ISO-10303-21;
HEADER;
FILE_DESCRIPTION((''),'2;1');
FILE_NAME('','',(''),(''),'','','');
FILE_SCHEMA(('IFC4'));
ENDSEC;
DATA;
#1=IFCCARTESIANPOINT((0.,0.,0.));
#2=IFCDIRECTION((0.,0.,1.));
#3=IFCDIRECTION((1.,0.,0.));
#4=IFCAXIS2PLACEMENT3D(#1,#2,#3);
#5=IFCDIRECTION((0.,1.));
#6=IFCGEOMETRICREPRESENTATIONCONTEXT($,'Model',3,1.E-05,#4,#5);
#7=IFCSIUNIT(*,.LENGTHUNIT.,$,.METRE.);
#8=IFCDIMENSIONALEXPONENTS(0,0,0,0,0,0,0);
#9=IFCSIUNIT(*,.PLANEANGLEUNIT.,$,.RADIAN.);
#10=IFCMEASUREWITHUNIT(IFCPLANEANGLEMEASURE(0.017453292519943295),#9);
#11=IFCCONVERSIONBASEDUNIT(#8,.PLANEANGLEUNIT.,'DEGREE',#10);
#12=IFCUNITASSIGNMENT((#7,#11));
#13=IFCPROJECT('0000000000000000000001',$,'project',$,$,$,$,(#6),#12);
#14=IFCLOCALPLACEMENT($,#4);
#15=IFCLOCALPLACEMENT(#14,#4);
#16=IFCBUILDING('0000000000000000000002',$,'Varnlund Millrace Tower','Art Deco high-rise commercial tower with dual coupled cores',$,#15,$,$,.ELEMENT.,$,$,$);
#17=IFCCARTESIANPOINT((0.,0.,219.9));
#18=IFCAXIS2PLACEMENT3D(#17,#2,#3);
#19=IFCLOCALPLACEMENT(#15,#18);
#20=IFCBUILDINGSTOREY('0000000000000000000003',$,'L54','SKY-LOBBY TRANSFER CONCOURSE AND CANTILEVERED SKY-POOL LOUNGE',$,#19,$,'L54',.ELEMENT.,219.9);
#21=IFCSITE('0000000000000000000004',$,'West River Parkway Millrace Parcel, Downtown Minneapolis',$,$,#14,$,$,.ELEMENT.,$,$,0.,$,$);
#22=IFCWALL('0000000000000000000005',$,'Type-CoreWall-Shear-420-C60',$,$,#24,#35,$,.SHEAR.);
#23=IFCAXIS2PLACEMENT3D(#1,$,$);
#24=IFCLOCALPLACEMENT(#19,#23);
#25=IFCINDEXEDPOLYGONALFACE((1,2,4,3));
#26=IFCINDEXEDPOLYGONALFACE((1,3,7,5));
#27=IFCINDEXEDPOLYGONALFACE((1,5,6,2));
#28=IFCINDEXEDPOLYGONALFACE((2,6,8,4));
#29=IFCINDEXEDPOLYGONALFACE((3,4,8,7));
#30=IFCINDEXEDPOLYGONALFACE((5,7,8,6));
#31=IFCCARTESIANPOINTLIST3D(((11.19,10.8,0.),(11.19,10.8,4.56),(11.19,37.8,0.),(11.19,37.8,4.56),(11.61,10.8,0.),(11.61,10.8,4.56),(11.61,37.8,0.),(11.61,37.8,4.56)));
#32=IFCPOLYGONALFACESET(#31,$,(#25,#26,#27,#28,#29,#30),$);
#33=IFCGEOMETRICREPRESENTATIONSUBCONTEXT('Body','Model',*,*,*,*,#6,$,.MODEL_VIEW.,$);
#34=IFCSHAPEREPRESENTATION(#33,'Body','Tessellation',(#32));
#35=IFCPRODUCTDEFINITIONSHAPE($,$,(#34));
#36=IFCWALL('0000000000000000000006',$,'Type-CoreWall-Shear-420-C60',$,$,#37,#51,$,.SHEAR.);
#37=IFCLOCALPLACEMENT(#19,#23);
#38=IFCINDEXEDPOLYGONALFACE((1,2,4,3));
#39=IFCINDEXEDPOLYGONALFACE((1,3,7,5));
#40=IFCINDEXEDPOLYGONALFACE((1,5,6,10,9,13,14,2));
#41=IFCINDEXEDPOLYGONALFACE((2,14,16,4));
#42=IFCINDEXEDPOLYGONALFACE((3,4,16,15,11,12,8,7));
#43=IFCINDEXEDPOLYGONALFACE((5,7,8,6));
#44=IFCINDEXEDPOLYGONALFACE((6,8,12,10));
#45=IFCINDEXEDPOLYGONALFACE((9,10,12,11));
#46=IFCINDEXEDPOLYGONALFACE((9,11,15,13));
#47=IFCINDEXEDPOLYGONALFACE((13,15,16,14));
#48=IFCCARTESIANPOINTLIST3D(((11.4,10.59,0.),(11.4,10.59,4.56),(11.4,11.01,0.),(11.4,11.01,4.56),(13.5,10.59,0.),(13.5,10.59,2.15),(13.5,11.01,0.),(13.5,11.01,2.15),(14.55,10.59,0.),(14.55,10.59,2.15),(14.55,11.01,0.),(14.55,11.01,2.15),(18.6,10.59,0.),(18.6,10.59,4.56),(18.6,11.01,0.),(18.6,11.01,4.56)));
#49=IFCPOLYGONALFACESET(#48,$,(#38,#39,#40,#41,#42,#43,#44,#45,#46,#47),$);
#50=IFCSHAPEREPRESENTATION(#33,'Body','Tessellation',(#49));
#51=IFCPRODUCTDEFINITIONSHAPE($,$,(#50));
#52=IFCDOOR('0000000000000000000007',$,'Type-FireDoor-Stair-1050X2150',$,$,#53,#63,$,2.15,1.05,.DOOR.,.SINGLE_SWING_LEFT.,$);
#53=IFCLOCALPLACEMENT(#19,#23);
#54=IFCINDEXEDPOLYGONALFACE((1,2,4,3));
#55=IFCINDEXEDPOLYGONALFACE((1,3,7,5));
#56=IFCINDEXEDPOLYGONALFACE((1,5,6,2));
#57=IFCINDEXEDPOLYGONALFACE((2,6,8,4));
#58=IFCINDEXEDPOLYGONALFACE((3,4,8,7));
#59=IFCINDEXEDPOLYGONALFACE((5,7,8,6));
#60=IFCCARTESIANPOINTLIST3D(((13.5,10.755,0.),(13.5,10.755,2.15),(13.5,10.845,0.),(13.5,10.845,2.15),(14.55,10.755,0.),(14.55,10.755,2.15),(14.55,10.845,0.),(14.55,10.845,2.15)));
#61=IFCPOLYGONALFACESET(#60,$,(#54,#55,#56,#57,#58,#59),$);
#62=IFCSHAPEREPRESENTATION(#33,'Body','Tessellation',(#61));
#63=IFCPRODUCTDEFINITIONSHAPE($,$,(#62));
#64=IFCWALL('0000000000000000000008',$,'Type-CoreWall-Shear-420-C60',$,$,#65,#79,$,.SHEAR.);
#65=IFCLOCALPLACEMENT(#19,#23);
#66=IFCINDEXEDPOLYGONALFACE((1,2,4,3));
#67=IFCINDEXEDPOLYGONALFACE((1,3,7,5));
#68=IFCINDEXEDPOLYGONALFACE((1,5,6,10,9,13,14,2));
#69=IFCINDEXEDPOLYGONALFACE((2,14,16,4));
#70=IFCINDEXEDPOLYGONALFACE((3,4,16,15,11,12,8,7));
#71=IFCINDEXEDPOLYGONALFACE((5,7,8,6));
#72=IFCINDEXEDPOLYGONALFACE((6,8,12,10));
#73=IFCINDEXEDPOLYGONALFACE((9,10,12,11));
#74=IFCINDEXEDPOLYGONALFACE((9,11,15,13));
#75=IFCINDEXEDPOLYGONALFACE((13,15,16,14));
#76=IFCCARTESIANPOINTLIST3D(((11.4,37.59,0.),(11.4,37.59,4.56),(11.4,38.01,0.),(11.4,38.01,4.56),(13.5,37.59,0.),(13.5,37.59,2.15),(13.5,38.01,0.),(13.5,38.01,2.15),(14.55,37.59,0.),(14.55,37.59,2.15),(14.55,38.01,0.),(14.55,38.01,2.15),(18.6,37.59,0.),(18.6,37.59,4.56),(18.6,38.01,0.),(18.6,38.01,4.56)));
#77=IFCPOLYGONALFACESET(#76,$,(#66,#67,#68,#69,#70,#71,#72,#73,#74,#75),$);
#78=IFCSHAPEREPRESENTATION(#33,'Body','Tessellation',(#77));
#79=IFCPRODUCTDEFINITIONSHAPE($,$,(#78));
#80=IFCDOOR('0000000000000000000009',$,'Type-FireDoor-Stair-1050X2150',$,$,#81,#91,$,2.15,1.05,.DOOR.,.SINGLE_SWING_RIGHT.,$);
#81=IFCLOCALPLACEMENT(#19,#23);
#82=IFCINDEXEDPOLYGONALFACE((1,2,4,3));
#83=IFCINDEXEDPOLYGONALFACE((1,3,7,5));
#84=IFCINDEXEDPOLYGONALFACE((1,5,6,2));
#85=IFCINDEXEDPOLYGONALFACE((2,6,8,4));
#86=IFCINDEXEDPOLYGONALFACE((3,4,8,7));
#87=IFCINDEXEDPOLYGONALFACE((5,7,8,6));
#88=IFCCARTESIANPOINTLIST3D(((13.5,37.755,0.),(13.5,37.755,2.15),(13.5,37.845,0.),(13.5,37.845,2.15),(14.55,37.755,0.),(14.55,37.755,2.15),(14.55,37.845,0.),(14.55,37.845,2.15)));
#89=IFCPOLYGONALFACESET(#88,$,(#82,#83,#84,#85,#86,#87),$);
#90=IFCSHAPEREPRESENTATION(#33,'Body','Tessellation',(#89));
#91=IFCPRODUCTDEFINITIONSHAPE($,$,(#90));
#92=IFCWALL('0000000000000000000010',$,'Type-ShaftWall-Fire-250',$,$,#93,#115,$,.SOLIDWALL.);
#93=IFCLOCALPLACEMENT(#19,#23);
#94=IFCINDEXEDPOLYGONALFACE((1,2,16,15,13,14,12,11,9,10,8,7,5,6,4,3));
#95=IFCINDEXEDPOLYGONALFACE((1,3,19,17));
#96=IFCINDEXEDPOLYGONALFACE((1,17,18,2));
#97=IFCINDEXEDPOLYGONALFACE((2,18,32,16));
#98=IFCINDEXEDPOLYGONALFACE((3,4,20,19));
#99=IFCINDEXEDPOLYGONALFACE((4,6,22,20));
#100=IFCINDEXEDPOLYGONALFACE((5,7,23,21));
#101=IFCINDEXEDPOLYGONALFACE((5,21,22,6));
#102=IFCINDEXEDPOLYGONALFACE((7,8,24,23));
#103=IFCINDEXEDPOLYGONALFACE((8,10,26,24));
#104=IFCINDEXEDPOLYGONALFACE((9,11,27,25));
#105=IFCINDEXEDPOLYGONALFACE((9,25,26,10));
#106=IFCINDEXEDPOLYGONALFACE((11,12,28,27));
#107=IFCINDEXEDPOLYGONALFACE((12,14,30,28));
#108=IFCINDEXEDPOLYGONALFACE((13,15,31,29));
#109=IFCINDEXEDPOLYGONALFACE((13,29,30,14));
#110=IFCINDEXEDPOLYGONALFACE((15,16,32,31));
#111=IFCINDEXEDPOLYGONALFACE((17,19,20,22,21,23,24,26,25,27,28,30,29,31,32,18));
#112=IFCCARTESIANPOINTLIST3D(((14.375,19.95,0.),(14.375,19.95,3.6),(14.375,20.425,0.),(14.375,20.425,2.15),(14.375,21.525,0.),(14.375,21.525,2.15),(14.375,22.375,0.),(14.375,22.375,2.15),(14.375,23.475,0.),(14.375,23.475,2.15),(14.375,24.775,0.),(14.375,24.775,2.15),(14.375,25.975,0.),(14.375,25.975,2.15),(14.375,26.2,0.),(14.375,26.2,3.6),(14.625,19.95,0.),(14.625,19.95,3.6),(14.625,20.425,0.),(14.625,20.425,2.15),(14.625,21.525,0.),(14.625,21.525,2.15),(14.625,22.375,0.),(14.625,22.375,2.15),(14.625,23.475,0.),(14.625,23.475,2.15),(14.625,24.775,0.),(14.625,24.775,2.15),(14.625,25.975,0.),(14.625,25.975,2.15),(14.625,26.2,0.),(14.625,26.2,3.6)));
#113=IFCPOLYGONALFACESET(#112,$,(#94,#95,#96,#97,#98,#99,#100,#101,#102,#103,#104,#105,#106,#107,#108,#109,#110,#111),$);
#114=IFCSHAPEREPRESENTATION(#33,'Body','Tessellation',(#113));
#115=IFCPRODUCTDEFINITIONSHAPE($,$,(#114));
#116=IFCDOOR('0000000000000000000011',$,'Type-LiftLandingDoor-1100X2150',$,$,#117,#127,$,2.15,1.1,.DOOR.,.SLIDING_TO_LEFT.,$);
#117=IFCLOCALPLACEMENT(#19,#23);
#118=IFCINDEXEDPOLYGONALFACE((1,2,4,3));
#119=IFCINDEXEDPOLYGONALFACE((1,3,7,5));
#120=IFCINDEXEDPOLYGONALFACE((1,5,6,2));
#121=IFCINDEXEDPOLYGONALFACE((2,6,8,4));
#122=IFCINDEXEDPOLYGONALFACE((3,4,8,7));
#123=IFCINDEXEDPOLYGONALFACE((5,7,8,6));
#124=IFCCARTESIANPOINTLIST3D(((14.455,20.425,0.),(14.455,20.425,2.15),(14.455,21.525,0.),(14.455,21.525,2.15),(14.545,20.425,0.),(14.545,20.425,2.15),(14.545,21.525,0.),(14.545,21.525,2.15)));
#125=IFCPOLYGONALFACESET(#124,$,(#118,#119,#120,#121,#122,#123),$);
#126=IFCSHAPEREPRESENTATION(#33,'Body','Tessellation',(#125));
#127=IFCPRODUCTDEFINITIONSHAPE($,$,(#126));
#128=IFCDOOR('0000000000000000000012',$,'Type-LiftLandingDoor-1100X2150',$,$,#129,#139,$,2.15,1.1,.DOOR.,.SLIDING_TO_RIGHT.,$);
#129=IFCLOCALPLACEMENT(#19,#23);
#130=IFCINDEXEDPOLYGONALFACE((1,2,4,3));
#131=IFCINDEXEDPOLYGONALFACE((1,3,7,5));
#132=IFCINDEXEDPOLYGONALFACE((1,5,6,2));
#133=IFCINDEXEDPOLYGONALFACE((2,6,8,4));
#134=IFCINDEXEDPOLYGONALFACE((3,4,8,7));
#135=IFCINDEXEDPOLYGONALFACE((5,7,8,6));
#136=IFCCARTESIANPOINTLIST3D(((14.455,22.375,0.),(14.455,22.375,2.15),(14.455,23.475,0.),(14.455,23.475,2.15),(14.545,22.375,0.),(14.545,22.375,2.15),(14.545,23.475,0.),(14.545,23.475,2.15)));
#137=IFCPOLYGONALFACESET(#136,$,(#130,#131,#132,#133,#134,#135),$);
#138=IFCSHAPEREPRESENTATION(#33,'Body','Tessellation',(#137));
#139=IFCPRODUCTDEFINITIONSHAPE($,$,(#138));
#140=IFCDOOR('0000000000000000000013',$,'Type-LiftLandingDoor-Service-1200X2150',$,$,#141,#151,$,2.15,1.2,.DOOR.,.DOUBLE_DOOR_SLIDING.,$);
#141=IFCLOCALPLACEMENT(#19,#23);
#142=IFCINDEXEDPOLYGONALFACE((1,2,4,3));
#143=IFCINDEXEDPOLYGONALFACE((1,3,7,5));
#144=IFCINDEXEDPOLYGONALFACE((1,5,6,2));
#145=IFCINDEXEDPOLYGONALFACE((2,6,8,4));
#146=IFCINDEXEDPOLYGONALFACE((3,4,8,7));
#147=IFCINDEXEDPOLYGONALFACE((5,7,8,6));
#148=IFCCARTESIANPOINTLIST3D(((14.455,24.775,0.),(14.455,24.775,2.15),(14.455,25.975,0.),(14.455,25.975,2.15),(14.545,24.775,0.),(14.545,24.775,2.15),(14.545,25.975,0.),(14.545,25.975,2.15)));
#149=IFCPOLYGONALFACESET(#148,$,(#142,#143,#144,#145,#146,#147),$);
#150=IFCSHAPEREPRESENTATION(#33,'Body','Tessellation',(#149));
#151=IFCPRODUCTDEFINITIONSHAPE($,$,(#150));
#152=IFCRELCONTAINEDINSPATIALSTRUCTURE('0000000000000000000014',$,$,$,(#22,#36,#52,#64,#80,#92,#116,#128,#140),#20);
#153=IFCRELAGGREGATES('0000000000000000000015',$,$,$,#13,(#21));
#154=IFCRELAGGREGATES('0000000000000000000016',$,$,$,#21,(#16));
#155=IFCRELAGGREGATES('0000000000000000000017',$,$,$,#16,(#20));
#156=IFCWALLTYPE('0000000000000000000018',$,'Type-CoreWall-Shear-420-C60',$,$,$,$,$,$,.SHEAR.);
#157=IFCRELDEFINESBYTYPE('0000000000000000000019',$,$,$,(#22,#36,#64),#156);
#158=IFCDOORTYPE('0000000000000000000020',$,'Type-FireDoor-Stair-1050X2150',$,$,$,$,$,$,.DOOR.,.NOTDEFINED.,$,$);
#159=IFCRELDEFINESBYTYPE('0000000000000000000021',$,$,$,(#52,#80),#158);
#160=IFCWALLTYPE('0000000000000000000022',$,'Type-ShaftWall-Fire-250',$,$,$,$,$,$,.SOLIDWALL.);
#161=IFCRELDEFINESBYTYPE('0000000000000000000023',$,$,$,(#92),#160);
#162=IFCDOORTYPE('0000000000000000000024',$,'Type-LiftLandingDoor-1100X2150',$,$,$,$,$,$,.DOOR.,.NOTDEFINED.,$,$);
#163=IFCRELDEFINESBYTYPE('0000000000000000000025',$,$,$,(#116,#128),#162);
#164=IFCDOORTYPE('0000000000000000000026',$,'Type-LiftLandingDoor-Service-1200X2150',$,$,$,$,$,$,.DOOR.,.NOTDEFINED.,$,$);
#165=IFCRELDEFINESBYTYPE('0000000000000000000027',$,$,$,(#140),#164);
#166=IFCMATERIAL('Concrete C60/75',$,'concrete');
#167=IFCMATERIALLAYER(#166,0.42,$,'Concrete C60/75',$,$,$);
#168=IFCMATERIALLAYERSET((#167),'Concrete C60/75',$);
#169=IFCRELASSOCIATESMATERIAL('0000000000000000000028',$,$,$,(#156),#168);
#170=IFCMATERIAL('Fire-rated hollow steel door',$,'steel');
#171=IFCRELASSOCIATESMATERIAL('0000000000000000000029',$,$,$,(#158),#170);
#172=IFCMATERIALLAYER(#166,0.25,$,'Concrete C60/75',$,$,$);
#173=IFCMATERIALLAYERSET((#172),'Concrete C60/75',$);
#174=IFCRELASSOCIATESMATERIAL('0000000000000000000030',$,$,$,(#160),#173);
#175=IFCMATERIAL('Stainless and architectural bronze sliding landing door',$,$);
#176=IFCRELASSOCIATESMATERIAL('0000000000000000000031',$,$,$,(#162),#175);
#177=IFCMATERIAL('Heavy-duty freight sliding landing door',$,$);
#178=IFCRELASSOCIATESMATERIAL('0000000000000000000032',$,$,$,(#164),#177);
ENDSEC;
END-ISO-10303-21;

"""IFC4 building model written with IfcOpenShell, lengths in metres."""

from ifc_helpers import new_model, entity, si_unit, converted_unit, direction, frame, origin_with_axes, origin_2d_with_axis, place, context, subcontext, project, spatial, polyline, rectangle, outline, extrude, material, layer, layer_set, type_object, element, fill, save


model = new_model("IFC4")

# Units and contexts
model_context = context("Model", 3, precision=1e-05, world=origin_with_axes(), true_north=direction((0.0, 1.0)))
body_context = subcontext(model_context, "Body", "Model", "MODEL_VIEW")
ifc_project = project(units=[si_unit("LENGTHUNIT", "METRE"), converted_unit("PLANEANGLEUNIT", "DEGREE", entity("IfcPlaneAngleMeasure", 0.017453292519943295), si_unit("PLANEANGLEUNIT", "RADIAN"), dimensions=[0, 0, 0, 0, 0, 0, 0])], contexts=[model_context])

# Site, building, storey
site_placement = place(None, origin_with_axes())
site = spatial("IfcSite", under=ifc_project, at=site_placement, Name="West River Parkway Millrace Parcel, Downtown Minneapolis", CompositionType="ELEMENT", RefElevation=0.0)
building_placement = place(site_placement, origin_with_axes())
building = spatial("IfcBuilding", under=site, at=building_placement, Name="Varnlund Millrace Tower", Description="Art Deco high-rise commercial tower with dual coupled cores", CompositionType="ELEMENT")
storey_placement = place(building_placement, frame((0.0, 0.0, 219.9), z_axis=(0.0, 0.0, 1.0), x_axis=(1.0, 0.0, 0.0)))
storey = spatial("IfcBuildingStorey", under=building, at=storey_placement, Name="L54", Description="SKY-LOBBY TRANSFER CONCOURSE AND CANTILEVERED SKY-POOL LOUNGE", LongName="L54", CompositionType="ELEMENT", Elevation=219.9)

# Wall
ifc_material_1 = material(Name="Concrete C60/75", Category="concrete")
ifc_layer_1 = layer(ifc_material_1, 0.42, Name="Concrete C60/75")
ifc_layer_set_1 = layer_set([ifc_layer_1], Name="Concrete C60/75")
wall_type_1 = type_object("IfcWallType", Name="Type-CoreWall-Shear-420-C60", PredefinedType="SHEAR", material=ifc_layer_set_1)
wall_1_placement = place(storey_placement, frame((11.4, 10.8, 0.0), z_axis=(0.0, 0.0, 1.0), x_axis=(0.0, 1.0, 0.0)))
element("IfcWall", 1, at=wall_1_placement, inside=storey, type_object=wall_type_1, Name="Type-CoreWall-Shear-420-C60", PredefinedType="SHEAR", context=body_context, shape_type="SweptSolid", body=[
    extrude(outline(polyline([(0.0, -0.21), (27.0, -0.21), (27.0, 0.21), (0.0, 0.21), (0.0, -0.21)])), origin_with_axes(), (0.0, 0.0, 1.0), 4.56),
])

# Walls, openings, doors
wall_2_placement = place(storey_placement, frame((11.4, 10.8, 0.0), z_axis=(0.0, 0.0, 1.0), x_axis=(1.0, 0.0, 0.0)))
wall_2 = element("IfcWall", 2, at=wall_2_placement, inside=storey, type_object=wall_type_1, Name="Type-CoreWall-Shear-420-C60", PredefinedType="SHEAR", context=body_context, shape_type="SweptSolid", body=[
    extrude(outline(polyline([(0.0, -0.21), (7.2, -0.21), (7.2, 0.21), (0.0, 0.21), (0.0, -0.21)])), origin_with_axes(), (0.0, 0.0, 1.0), 4.56),
])
opening_1_placement = place(wall_2_placement, frame((2.625, 0.0, 0.0), z_axis=(0.0, 0.0, 1.0), x_axis=(1.0, 0.0, 0.0)))
opening_1 = element("IfcOpeningElement", 3, at=opening_1_placement, cuts=wall_2, PredefinedType="OPENING", context=body_context, shape_type="SweptSolid", body=[
    extrude(rectangle(XDim=1.05, YDim=0.44, at=origin_2d_with_axis()), origin_with_axes(), (0.0, 0.0, 1.0), 2.15),
])
ifc_material_2 = material(Name="Fire-rated hollow steel door", Category="steel")
door_type_1 = type_object("IfcDoorType", Name="Type-FireDoor-Stair-1050X2150", OperationType="NOTDEFINED", PredefinedType="DOOR", material=ifc_material_2)
door_1_placement = place(wall_2_placement, frame((2.625, 0.0, 0.0), z_axis=(0.0, 0.0, 1.0), x_axis=(1.0, 0.0, 0.0)))
door_1 = element("IfcDoor", 4, at=door_1_placement, inside=storey, type_object=door_type_1, Name="Type-FireDoor-Stair-1050X2150", OperationType="SINGLE_SWING_LEFT", OverallHeight=2.15, OverallWidth=1.05, PredefinedType="DOOR", context=body_context, shape_type="SweptSolid", body=[
    extrude(rectangle(XDim=1.05, YDim=0.09, at=origin_2d_with_axis()), origin_with_axes(), (0.0, 0.0, 1.0), 2.15),
])
fill(opening_1, door_1)
wall_3_placement = place(storey_placement, frame((11.4, 37.8, 0.0), z_axis=(0.0, 0.0, 1.0), x_axis=(1.0, 0.0, 0.0)))
wall_3 = element("IfcWall", 5, at=wall_3_placement, inside=storey, type_object=wall_type_1, Name="Type-CoreWall-Shear-420-C60", PredefinedType="SHEAR", context=body_context, shape_type="SweptSolid", body=[
    extrude(outline(polyline([(0.0, -0.21), (7.2, -0.21), (7.2, 0.21), (0.0, 0.21), (0.0, -0.21)])), origin_with_axes(), (0.0, 0.0, 1.0), 4.56),
])
opening_2_placement = place(wall_3_placement, frame((2.625, 0.0, 0.0), z_axis=(0.0, 0.0, 1.0), x_axis=(1.0, 0.0, 0.0)))
opening_2 = element("IfcOpeningElement", 6, at=opening_2_placement, cuts=wall_3, PredefinedType="OPENING", context=body_context, shape_type="SweptSolid", body=[
    extrude(rectangle(XDim=1.05, YDim=0.44, at=origin_2d_with_axis()), origin_with_axes(), (0.0, 0.0, 1.0), 2.15),
])
door_2_placement = place(wall_3_placement, frame((2.625, 0.0, 0.0), z_axis=(0.0, 0.0, 1.0), x_axis=(1.0, 0.0, 0.0)))
door_2 = element("IfcDoor", 7, at=door_2_placement, inside=storey, type_object=door_type_1, Name="Type-FireDoor-Stair-1050X2150", OperationType="SINGLE_SWING_RIGHT", OverallHeight=2.15, OverallWidth=1.05, PredefinedType="DOOR", context=body_context, shape_type="SweptSolid", body=[
    extrude(rectangle(XDim=1.05, YDim=0.09, at=origin_2d_with_axis()), origin_with_axes(), (0.0, 0.0, 1.0), 2.15),
])
fill(opening_2, door_2)

# Wall, openings, doors
ifc_layer_2 = layer(ifc_material_1, 0.25, Name="Concrete C60/75")
ifc_layer_set_2 = layer_set([ifc_layer_2], Name="Concrete C60/75")
wall_type_2 = type_object("IfcWallType", Name="Type-ShaftWall-Fire-250", PredefinedType="SOLIDWALL", material=ifc_layer_set_2)
wall_4_placement = place(storey_placement, frame((14.5, 19.95, 0.0), z_axis=(0.0, 0.0, 1.0), x_axis=(0.0, 1.0, 0.0)))
wall_4 = element("IfcWall", 8, at=wall_4_placement, inside=storey, type_object=wall_type_2, Name="Type-ShaftWall-Fire-250", PredefinedType="SOLIDWALL", context=body_context, shape_type="SweptSolid", body=[
    extrude(outline(polyline([(0.0, -0.125), (6.25, -0.125), (6.25, 0.125), (0.0, 0.125), (0.0, -0.125)])), origin_with_axes(), (0.0, 0.0, 1.0), 3.6),
])
opening_3_placement = place(wall_4_placement, frame((1.025, 0.0, 0.0), z_axis=(0.0, 0.0, 1.0), x_axis=(1.0, 0.0, 0.0)))
opening_3 = element("IfcOpeningElement", 9, at=opening_3_placement, cuts=wall_4, PredefinedType="OPENING", context=body_context, shape_type="SweptSolid", body=[
    extrude(rectangle(XDim=1.1, YDim=0.27, at=origin_2d_with_axis()), origin_with_axes(), (0.0, 0.0, 1.0), 2.15),
])
opening_4_placement = place(wall_4_placement, frame((2.975, 0.0, 0.0), z_axis=(0.0, 0.0, 1.0), x_axis=(1.0, 0.0, 0.0)))
opening_4 = element("IfcOpeningElement", 10, at=opening_4_placement, cuts=wall_4, PredefinedType="OPENING", context=body_context, shape_type="SweptSolid", body=[
    extrude(rectangle(XDim=1.1, YDim=0.27, at=origin_2d_with_axis()), origin_with_axes(), (0.0, 0.0, 1.0), 2.15),
])
opening_5_placement = place(wall_4_placement, frame((5.425, 0.0, 0.0), z_axis=(0.0, 0.0, 1.0), x_axis=(1.0, 0.0, 0.0)))
opening_5 = element("IfcOpeningElement", 11, at=opening_5_placement, cuts=wall_4, PredefinedType="OPENING", context=body_context, shape_type="SweptSolid", body=[
    extrude(rectangle(XDim=1.2, YDim=0.27, at=origin_2d_with_axis()), origin_with_axes(), (0.0, 0.0, 1.0), 2.15),
])
ifc_material_3 = material(Name="Stainless and architectural bronze sliding landing door")
door_type_2 = type_object("IfcDoorType", Name="Type-LiftLandingDoor-1100X2150", OperationType="NOTDEFINED", PredefinedType="DOOR", material=ifc_material_3)
door_3_placement = place(wall_4_placement, frame((1.025, 0.0, 0.0), z_axis=(0.0, 0.0, 1.0), x_axis=(1.0, 0.0, 0.0)))
door_3 = element("IfcDoor", 12, at=door_3_placement, inside=storey, type_object=door_type_2, Name="Type-LiftLandingDoor-1100X2150", OperationType="SLIDING_TO_LEFT", OverallHeight=2.15, OverallWidth=1.1, PredefinedType="DOOR", context=body_context, shape_type="SweptSolid", body=[
    extrude(rectangle(XDim=1.1, YDim=0.09, at=origin_2d_with_axis()), origin_with_axes(), (0.0, 0.0, 1.0), 2.15),
])
fill(opening_3, door_3)
door_4_placement = place(wall_4_placement, frame((2.975, 0.0, 0.0), z_axis=(0.0, 0.0, 1.0), x_axis=(1.0, 0.0, 0.0)))
door_4 = element("IfcDoor", 13, at=door_4_placement, inside=storey, type_object=door_type_2, Name="Type-LiftLandingDoor-1100X2150", OperationType="SLIDING_TO_RIGHT", OverallHeight=2.15, OverallWidth=1.1, PredefinedType="DOOR", context=body_context, shape_type="SweptSolid", body=[
    extrude(rectangle(XDim=1.1, YDim=0.09, at=origin_2d_with_axis()), origin_with_axes(), (0.0, 0.0, 1.0), 2.15),
])
fill(opening_4, door_4)
ifc_material_4 = material(Name="Heavy-duty freight sliding landing door")
door_type_3 = type_object("IfcDoorType", Name="Type-LiftLandingDoor-Service-1200X2150", OperationType="NOTDEFINED", PredefinedType="DOOR", material=ifc_material_4)
door_5_placement = place(wall_4_placement, frame((5.425, 0.0, 0.0), z_axis=(0.0, 0.0, 1.0), x_axis=(1.0, 0.0, 0.0)))
door_5 = element("IfcDoor", 14, at=door_5_placement, inside=storey, type_object=door_type_3, Name="Type-LiftLandingDoor-Service-1200X2150", OperationType="DOUBLE_DOOR_SLIDING", OverallHeight=2.15, OverallWidth=1.2, PredefinedType="DOOR", context=body_context, shape_type="SweptSolid", body=[
    extrude(rectangle(XDim=1.2, YDim=0.09, at=origin_2d_with_axis()), origin_with_axes(), (0.0, 0.0, 1.0), 2.15),
])
fill(opening_5, door_5)

save(model, "model.ifc")
